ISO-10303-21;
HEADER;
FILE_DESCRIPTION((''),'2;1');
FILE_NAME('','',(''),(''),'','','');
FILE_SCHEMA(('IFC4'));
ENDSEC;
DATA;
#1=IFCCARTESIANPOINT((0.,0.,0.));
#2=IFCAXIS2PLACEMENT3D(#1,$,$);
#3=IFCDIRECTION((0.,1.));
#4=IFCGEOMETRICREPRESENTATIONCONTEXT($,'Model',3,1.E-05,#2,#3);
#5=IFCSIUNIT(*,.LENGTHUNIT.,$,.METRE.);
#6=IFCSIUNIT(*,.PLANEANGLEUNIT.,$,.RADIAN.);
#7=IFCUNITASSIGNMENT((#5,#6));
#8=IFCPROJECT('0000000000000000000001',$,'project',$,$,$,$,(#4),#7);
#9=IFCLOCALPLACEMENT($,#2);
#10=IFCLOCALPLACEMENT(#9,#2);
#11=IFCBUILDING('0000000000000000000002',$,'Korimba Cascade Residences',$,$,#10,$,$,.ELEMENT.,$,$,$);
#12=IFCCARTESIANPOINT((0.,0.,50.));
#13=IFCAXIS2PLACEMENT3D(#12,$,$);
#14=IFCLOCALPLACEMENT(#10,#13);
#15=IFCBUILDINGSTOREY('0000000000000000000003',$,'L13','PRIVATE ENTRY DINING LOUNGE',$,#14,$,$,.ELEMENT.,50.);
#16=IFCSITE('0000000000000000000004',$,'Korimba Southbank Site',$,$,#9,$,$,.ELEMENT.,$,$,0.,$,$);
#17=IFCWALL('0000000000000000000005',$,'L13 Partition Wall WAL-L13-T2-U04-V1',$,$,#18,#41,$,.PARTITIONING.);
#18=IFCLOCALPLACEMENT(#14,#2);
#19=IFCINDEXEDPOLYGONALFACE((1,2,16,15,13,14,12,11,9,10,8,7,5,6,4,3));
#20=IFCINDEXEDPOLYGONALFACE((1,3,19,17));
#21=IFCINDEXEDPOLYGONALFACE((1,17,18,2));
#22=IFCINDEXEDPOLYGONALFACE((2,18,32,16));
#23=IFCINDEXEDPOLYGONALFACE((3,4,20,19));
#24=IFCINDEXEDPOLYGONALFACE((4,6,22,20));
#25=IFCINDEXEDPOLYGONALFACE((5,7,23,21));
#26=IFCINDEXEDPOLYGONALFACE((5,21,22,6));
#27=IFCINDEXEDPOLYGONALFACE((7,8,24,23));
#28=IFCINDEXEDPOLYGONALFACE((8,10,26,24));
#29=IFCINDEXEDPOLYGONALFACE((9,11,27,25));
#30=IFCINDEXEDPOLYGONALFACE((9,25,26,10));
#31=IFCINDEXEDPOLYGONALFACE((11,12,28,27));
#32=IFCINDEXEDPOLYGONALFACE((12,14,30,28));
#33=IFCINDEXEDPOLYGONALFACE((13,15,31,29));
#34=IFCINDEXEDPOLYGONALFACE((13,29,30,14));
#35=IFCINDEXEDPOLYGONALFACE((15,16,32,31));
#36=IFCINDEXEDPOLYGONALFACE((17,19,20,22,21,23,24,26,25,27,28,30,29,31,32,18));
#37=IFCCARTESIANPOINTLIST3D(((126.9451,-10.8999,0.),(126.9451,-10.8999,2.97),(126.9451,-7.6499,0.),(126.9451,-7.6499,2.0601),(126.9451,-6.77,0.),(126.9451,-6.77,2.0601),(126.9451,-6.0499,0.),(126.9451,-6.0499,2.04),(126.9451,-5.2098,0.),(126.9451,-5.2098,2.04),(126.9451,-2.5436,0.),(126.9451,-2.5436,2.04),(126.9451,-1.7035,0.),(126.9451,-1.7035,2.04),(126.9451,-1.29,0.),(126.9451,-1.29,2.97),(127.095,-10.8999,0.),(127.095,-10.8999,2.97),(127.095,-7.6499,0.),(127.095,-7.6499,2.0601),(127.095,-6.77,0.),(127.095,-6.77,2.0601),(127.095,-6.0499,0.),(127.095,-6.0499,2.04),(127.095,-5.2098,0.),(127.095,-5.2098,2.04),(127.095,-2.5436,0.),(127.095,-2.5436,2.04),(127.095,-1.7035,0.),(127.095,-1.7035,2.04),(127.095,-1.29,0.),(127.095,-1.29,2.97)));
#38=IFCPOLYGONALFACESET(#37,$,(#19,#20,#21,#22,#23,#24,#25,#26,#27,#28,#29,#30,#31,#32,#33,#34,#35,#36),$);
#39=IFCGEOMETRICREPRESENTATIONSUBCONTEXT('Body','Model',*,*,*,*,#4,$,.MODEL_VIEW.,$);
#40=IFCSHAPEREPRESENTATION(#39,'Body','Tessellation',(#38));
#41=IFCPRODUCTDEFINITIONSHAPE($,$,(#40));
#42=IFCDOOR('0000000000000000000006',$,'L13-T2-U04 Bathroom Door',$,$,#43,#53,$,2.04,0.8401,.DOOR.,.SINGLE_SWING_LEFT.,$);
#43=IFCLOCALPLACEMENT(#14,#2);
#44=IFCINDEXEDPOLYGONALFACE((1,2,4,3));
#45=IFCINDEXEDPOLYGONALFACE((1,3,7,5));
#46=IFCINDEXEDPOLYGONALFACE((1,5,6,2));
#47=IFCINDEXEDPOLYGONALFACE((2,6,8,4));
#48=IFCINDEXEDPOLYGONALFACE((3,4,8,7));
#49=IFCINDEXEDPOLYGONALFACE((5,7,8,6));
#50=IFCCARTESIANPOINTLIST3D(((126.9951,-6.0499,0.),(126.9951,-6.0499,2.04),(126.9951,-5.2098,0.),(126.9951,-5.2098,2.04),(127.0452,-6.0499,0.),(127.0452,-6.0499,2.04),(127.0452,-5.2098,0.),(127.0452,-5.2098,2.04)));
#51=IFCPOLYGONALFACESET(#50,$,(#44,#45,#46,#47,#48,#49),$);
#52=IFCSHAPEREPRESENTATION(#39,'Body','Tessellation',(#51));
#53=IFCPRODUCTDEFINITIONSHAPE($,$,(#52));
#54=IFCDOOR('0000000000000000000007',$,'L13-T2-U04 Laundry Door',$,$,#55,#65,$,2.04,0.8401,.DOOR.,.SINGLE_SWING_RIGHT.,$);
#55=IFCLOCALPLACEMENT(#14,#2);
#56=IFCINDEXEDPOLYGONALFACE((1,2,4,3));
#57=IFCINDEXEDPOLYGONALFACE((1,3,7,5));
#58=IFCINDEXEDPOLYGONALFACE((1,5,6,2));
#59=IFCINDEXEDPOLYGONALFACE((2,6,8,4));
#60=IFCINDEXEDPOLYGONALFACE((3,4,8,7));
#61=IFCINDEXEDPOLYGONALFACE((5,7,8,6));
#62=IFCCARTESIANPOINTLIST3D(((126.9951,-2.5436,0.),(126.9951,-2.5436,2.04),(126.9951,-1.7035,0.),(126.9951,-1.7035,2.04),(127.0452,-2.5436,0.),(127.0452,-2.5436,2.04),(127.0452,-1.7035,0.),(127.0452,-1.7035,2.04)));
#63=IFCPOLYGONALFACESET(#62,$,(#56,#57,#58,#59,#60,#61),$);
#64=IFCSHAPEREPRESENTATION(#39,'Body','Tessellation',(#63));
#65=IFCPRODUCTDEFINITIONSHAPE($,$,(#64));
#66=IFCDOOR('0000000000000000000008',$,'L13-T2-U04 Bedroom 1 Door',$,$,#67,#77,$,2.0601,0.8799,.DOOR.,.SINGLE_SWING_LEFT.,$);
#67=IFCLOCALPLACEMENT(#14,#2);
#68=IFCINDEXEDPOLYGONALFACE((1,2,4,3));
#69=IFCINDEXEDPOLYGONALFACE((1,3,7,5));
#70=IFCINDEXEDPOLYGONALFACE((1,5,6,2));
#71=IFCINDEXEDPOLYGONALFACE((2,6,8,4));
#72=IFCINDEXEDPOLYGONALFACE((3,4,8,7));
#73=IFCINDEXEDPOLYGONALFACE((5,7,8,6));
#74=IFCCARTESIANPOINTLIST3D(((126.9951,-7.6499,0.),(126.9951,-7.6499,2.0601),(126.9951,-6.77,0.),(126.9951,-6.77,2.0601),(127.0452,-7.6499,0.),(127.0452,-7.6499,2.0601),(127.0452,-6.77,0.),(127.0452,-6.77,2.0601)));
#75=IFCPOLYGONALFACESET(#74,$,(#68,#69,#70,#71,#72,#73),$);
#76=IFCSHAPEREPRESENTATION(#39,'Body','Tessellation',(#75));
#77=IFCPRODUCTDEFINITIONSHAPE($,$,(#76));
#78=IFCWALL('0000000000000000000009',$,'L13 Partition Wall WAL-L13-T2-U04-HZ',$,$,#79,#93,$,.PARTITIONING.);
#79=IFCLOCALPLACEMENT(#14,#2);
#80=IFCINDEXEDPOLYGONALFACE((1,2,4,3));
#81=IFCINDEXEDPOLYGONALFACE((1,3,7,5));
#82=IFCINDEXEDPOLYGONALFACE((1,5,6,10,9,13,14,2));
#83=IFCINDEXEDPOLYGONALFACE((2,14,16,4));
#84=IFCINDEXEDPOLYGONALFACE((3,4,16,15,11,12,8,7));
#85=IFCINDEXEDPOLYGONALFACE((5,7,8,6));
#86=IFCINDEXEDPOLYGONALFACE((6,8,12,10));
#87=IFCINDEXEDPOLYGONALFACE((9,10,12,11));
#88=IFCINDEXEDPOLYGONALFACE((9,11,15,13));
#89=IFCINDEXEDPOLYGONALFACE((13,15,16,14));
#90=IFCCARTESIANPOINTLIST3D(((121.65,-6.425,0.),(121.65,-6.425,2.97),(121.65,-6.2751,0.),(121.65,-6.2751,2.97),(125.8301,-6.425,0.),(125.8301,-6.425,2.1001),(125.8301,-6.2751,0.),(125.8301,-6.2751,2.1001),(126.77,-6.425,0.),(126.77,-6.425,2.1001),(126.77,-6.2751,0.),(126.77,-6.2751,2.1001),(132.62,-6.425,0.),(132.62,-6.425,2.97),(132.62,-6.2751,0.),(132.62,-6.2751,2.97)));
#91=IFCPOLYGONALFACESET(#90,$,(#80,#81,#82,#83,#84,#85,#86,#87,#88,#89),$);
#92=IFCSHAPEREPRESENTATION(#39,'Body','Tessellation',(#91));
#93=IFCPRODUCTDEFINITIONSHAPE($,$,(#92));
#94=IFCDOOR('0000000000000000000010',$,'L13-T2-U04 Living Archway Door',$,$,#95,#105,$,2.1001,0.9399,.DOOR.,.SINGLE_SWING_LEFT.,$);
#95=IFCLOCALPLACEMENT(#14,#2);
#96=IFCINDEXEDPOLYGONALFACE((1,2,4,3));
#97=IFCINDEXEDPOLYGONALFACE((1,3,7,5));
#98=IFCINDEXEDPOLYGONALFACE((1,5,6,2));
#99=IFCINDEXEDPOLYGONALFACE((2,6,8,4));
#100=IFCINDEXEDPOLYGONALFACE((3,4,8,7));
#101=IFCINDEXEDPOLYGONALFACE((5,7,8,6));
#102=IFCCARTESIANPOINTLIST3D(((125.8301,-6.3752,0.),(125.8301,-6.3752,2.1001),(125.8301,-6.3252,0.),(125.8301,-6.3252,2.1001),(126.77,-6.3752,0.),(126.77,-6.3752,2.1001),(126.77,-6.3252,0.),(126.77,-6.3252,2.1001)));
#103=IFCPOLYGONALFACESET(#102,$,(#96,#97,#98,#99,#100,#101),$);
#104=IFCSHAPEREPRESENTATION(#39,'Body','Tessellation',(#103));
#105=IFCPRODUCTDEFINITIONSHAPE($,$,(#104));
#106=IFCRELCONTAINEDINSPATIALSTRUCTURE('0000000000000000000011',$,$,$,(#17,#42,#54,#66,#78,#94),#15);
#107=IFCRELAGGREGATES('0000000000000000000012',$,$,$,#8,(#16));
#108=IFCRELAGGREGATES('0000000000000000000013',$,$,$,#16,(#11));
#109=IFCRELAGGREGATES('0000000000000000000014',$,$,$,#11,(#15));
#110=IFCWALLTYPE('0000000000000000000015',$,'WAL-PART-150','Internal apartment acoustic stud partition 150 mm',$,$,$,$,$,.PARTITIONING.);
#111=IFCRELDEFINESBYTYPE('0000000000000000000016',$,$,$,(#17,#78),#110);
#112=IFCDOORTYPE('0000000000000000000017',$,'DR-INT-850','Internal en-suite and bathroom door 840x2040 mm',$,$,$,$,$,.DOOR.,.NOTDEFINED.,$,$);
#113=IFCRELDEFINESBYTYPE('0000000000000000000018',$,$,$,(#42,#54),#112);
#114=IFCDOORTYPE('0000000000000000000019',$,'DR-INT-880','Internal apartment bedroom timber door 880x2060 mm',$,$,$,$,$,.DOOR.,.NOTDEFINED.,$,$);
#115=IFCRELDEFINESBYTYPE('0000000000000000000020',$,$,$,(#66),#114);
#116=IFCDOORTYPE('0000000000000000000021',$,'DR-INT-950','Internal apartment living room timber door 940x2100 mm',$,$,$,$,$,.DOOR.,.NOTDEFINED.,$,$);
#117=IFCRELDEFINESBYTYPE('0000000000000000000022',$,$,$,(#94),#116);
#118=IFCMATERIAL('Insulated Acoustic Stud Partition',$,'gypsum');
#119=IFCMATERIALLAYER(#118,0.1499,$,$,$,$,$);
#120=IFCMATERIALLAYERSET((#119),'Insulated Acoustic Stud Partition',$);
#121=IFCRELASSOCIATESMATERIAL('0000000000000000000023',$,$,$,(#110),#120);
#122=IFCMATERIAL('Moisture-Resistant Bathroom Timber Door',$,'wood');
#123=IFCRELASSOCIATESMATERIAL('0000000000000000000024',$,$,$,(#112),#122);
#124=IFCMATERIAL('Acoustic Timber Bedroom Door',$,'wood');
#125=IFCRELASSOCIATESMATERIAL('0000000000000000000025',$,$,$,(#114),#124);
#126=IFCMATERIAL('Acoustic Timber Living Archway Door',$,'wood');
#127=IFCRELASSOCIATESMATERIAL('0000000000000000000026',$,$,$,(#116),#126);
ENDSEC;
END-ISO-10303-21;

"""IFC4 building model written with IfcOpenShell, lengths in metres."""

from ifc_helpers import new_model, si_unit, direction, frame, frame_2d, origin, place, context, subcontext, project, spatial, rectangle, extrude, material, layer, layer_set, type_object, element, fill, save


model = new_model("IFC4")

# Units and contexts
model_context = context("Model", 3, precision=1e-05, world=origin(), true_north=direction((0.0, 1.0)))
body_context = subcontext(model_context, "Body", "Model", "MODEL_VIEW")
ifc_project = project(units=[si_unit("LENGTHUNIT", "METRE"), si_unit("PLANEANGLEUNIT", "RADIAN")], contexts=[model_context])

# Site, building, storey
site_placement = place(None, origin())
site = spatial("IfcSite", under=ifc_project, at=site_placement, Name="Korimba Southbank Site", CompositionType="ELEMENT", RefElevation=0.0)
building_placement = place(site_placement, origin())
building = spatial("IfcBuilding", under=site, at=building_placement, Name="Korimba Cascade Residences", CompositionType="ELEMENT")
storey_placement = place(building_placement, frame((0.0, 0.0, 50.0)))
storey = spatial("IfcBuildingStorey", under=building, at=storey_placement, Name="L13", Description="PRIVATE ENTRY DINING LOUNGE", CompositionType="ELEMENT", Elevation=50.0)

# Wall, openings, doors
ifc_material_1 = material(Name="Insulated Acoustic Stud Partition", Category="gypsum")
ifc_layer_1 = layer(ifc_material_1, 0.1499)
ifc_layer_set_1 = layer_set([ifc_layer_1], Name="Insulated Acoustic Stud Partition")
wall_type_1 = type_object("IfcWallType", Name="WAL-PART-150", Description="Internal apartment acoustic stud partition 150 mm", PredefinedType="PARTITIONING", material=ifc_layer_set_1)
wall_1_placement = place(storey_placement, frame((127.02, -10.8999, 0.0), z_axis=(0.0, 0.0, 1.0), x_axis=(0.0, 1.0, 0.0)))
wall_1 = element("IfcWall", 1, at=wall_1_placement, inside=storey, type_object=wall_type_1, Name="L13 Partition Wall WAL-L13-T2-U04-V1", PredefinedType="PARTITIONING", context=body_context, shape_type="SweptSolid", body=[
    extrude(rectangle(XDim=9.6099, YDim=0.1499, at=frame_2d((4.8049, 0.0))), origin(), (0.0, 0.0, 1.0), 2.97),
])
opening_1_placement = place(wall_1_placement, frame((4.8501, 0.0, 0.0)))
opening_1 = element("IfcOpeningElement", 2, at=opening_1_placement, cuts=wall_1, PredefinedType="OPENING", context=body_context, shape_type="SweptSolid", body=[
    extrude(rectangle(XDim=0.8401, YDim=2.04, at=frame_2d((0.4199, 1.02))), frame((0.0, 0.085, 0.0), z_axis=(0.0, -1.0, 0.0), x_axis=(1.0, 0.0, 0.0)), (0.0, 0.0, 1.0), 0.1699),
])
opening_2_placement = place(wall_1_placement, frame((8.3564, 0.0, 0.0)))
opening_2 = element("IfcOpeningElement", 3, at=opening_2_placement, cuts=wall_1, PredefinedType="OPENING", context=body_context, shape_type="SweptSolid", body=[
    extrude(rectangle(XDim=0.8401, YDim=2.04, at=frame_2d((0.4199, 1.02))), frame((0.0, 0.085, 0.0), z_axis=(0.0, -1.0, 0.0), x_axis=(1.0, 0.0, 0.0)), (0.0, 0.0, 1.0), 0.1699),
])
opening_3_placement = place(wall_1_placement, frame((3.25, 0.0, 0.0)))
opening_3 = element("IfcOpeningElement", 4, at=opening_3_placement, cuts=wall_1, PredefinedType="OPENING", context=body_context, shape_type="SweptSolid", body=[
    extrude(rectangle(XDim=0.8799, YDim=2.0601, at=frame_2d((0.4399, 1.03))), frame((0.0, 0.085, 0.0), z_axis=(0.0, -1.0, 0.0), x_axis=(1.0, 0.0, 0.0)), (0.0, 0.0, 1.0), 0.1699),
])
ifc_material_2 = material(Name="Moisture-Resistant Bathroom Timber Door", Category="wood")
door_type_1 = type_object("IfcDoorType", Name="DR-INT-850", Description="Internal en-suite and bathroom door 840x2040 mm", OperationType="NOTDEFINED", PredefinedType="DOOR", material=ifc_material_2)
door_1_placement = place(opening_1_placement, origin())
door_1 = element("IfcDoor", 5, at=door_1_placement, inside=storey, type_object=door_type_1, Name="L13-T2-U04 Bathroom Door", OperationType="SINGLE_SWING_LEFT", OverallHeight=2.04, OverallWidth=0.8401, PredefinedType="DOOR", context=body_context, shape_type="SweptSolid", body=[
    extrude(rectangle(XDim=0.8401, YDim=2.04, at=frame_2d((0.4199, 1.02))), frame((0.0, 0.0249, 0.0), z_axis=(0.0, -1.0, 0.0), x_axis=(1.0, 0.0, 0.0)), (0.0, 0.0, 1.0), 0.05),
])
fill(opening_1, door_1)
door_2_placement = place(opening_2_placement, origin())
door_2 = element("IfcDoor", 6, at=door_2_placement, inside=storey, type_object=door_type_1, Name="L13-T2-U04 Laundry Door", OperationType="SINGLE_SWING_RIGHT", OverallHeight=2.04, OverallWidth=0.8401, PredefinedType="DOOR", context=body_context, shape_type="SweptSolid", body=[
    extrude(rectangle(XDim=0.8401, YDim=2.04, at=frame_2d((0.4199, 1.02))), frame((0.0, 0.0249, 0.0), z_axis=(0.0, -1.0, 0.0), x_axis=(1.0, 0.0, 0.0)), (0.0, 0.0, 1.0), 0.05),
])
fill(opening_2, door_2)
ifc_material_3 = material(Name="Acoustic Timber Bedroom Door", Category="wood")
door_type_2 = type_object("IfcDoorType", Name="DR-INT-880", Description="Internal apartment bedroom timber door 880x2060 mm", OperationType="NOTDEFINED", PredefinedType="DOOR", material=ifc_material_3)
door_3_placement = place(opening_3_placement, origin())
door_3 = element("IfcDoor", 7, at=door_3_placement, inside=storey, type_object=door_type_2, Name="L13-T2-U04 Bedroom 1 Door", OperationType="SINGLE_SWING_LEFT", OverallHeight=2.0601, OverallWidth=0.8799, PredefinedType="DOOR", context=body_context, shape_type="SweptSolid", body=[
    extrude(rectangle(XDim=0.8799, YDim=2.0601, at=frame_2d((0.4399, 1.03))), frame((0.0, 0.0249, 0.0), z_axis=(0.0, -1.0, 0.0), x_axis=(1.0, 0.0, 0.0)), (0.0, 0.0, 1.0), 0.05),
])
fill(opening_3, door_3)

# Wall, opening, door
wall_2_placement = place(storey_placement, frame((121.6501, -6.3501, 0.0), z_axis=(0.0, 0.0, 1.0), x_axis=(1.0, 0.0, 0.0)))
wall_2 = element("IfcWall", 8, at=wall_2_placement, inside=storey, type_object=wall_type_1, Name="L13 Partition Wall WAL-L13-T2-U04-HZ", PredefinedType="PARTITIONING", context=body_context, shape_type="SweptSolid", body=[
    extrude(rectangle(XDim=10.97, YDim=0.1499, at=frame_2d((5.4849, 0.0))), origin(), (0.0, 0.0, 1.0), 2.97),
])
opening_4_placement = place(wall_2_placement, frame((4.1799, 0.0, 0.0)))
opening_4 = element("IfcOpeningElement", 9, at=opening_4_placement, cuts=wall_2, PredefinedType="OPENING", context=body_context, shape_type="SweptSolid", body=[
    extrude(rectangle(XDim=0.9399, YDim=2.1001, at=frame_2d((0.47, 1.05))), frame((0.0, 0.085, 0.0), z_axis=(0.0, -1.0, 0.0), x_axis=(1.0, 0.0, 0.0)), (0.0, 0.0, 1.0), 0.1699),
])
ifc_material_4 = material(Name="Acoustic Timber Living Archway Door", Category="wood")
door_type_3 = type_object("IfcDoorType", Name="DR-INT-950", Description="Internal apartment living room timber door 940x2100 mm", OperationType="NOTDEFINED", PredefinedType="DOOR", material=ifc_material_4)
door_4_placement = place(opening_4_placement, origin())
door_4 = element("IfcDoor", 10, at=door_4_placement, inside=storey, type_object=door_type_3, Name="L13-T2-U04 Living Archway Door", OperationType="SINGLE_SWING_LEFT", OverallHeight=2.1001, OverallWidth=0.9399, PredefinedType="DOOR", context=body_context, shape_type="SweptSolid", body=[
    extrude(rectangle(XDim=0.9399, YDim=2.1001, at=frame_2d((0.47, 1.05))), frame((0.0, 0.0249, 0.0), z_axis=(0.0, -1.0, 0.0), x_axis=(1.0, 0.0, 0.0)), (0.0, 0.0, 1.0), 0.05),
])
fill(opening_4, door_4)

save(model, "model.ifc")
